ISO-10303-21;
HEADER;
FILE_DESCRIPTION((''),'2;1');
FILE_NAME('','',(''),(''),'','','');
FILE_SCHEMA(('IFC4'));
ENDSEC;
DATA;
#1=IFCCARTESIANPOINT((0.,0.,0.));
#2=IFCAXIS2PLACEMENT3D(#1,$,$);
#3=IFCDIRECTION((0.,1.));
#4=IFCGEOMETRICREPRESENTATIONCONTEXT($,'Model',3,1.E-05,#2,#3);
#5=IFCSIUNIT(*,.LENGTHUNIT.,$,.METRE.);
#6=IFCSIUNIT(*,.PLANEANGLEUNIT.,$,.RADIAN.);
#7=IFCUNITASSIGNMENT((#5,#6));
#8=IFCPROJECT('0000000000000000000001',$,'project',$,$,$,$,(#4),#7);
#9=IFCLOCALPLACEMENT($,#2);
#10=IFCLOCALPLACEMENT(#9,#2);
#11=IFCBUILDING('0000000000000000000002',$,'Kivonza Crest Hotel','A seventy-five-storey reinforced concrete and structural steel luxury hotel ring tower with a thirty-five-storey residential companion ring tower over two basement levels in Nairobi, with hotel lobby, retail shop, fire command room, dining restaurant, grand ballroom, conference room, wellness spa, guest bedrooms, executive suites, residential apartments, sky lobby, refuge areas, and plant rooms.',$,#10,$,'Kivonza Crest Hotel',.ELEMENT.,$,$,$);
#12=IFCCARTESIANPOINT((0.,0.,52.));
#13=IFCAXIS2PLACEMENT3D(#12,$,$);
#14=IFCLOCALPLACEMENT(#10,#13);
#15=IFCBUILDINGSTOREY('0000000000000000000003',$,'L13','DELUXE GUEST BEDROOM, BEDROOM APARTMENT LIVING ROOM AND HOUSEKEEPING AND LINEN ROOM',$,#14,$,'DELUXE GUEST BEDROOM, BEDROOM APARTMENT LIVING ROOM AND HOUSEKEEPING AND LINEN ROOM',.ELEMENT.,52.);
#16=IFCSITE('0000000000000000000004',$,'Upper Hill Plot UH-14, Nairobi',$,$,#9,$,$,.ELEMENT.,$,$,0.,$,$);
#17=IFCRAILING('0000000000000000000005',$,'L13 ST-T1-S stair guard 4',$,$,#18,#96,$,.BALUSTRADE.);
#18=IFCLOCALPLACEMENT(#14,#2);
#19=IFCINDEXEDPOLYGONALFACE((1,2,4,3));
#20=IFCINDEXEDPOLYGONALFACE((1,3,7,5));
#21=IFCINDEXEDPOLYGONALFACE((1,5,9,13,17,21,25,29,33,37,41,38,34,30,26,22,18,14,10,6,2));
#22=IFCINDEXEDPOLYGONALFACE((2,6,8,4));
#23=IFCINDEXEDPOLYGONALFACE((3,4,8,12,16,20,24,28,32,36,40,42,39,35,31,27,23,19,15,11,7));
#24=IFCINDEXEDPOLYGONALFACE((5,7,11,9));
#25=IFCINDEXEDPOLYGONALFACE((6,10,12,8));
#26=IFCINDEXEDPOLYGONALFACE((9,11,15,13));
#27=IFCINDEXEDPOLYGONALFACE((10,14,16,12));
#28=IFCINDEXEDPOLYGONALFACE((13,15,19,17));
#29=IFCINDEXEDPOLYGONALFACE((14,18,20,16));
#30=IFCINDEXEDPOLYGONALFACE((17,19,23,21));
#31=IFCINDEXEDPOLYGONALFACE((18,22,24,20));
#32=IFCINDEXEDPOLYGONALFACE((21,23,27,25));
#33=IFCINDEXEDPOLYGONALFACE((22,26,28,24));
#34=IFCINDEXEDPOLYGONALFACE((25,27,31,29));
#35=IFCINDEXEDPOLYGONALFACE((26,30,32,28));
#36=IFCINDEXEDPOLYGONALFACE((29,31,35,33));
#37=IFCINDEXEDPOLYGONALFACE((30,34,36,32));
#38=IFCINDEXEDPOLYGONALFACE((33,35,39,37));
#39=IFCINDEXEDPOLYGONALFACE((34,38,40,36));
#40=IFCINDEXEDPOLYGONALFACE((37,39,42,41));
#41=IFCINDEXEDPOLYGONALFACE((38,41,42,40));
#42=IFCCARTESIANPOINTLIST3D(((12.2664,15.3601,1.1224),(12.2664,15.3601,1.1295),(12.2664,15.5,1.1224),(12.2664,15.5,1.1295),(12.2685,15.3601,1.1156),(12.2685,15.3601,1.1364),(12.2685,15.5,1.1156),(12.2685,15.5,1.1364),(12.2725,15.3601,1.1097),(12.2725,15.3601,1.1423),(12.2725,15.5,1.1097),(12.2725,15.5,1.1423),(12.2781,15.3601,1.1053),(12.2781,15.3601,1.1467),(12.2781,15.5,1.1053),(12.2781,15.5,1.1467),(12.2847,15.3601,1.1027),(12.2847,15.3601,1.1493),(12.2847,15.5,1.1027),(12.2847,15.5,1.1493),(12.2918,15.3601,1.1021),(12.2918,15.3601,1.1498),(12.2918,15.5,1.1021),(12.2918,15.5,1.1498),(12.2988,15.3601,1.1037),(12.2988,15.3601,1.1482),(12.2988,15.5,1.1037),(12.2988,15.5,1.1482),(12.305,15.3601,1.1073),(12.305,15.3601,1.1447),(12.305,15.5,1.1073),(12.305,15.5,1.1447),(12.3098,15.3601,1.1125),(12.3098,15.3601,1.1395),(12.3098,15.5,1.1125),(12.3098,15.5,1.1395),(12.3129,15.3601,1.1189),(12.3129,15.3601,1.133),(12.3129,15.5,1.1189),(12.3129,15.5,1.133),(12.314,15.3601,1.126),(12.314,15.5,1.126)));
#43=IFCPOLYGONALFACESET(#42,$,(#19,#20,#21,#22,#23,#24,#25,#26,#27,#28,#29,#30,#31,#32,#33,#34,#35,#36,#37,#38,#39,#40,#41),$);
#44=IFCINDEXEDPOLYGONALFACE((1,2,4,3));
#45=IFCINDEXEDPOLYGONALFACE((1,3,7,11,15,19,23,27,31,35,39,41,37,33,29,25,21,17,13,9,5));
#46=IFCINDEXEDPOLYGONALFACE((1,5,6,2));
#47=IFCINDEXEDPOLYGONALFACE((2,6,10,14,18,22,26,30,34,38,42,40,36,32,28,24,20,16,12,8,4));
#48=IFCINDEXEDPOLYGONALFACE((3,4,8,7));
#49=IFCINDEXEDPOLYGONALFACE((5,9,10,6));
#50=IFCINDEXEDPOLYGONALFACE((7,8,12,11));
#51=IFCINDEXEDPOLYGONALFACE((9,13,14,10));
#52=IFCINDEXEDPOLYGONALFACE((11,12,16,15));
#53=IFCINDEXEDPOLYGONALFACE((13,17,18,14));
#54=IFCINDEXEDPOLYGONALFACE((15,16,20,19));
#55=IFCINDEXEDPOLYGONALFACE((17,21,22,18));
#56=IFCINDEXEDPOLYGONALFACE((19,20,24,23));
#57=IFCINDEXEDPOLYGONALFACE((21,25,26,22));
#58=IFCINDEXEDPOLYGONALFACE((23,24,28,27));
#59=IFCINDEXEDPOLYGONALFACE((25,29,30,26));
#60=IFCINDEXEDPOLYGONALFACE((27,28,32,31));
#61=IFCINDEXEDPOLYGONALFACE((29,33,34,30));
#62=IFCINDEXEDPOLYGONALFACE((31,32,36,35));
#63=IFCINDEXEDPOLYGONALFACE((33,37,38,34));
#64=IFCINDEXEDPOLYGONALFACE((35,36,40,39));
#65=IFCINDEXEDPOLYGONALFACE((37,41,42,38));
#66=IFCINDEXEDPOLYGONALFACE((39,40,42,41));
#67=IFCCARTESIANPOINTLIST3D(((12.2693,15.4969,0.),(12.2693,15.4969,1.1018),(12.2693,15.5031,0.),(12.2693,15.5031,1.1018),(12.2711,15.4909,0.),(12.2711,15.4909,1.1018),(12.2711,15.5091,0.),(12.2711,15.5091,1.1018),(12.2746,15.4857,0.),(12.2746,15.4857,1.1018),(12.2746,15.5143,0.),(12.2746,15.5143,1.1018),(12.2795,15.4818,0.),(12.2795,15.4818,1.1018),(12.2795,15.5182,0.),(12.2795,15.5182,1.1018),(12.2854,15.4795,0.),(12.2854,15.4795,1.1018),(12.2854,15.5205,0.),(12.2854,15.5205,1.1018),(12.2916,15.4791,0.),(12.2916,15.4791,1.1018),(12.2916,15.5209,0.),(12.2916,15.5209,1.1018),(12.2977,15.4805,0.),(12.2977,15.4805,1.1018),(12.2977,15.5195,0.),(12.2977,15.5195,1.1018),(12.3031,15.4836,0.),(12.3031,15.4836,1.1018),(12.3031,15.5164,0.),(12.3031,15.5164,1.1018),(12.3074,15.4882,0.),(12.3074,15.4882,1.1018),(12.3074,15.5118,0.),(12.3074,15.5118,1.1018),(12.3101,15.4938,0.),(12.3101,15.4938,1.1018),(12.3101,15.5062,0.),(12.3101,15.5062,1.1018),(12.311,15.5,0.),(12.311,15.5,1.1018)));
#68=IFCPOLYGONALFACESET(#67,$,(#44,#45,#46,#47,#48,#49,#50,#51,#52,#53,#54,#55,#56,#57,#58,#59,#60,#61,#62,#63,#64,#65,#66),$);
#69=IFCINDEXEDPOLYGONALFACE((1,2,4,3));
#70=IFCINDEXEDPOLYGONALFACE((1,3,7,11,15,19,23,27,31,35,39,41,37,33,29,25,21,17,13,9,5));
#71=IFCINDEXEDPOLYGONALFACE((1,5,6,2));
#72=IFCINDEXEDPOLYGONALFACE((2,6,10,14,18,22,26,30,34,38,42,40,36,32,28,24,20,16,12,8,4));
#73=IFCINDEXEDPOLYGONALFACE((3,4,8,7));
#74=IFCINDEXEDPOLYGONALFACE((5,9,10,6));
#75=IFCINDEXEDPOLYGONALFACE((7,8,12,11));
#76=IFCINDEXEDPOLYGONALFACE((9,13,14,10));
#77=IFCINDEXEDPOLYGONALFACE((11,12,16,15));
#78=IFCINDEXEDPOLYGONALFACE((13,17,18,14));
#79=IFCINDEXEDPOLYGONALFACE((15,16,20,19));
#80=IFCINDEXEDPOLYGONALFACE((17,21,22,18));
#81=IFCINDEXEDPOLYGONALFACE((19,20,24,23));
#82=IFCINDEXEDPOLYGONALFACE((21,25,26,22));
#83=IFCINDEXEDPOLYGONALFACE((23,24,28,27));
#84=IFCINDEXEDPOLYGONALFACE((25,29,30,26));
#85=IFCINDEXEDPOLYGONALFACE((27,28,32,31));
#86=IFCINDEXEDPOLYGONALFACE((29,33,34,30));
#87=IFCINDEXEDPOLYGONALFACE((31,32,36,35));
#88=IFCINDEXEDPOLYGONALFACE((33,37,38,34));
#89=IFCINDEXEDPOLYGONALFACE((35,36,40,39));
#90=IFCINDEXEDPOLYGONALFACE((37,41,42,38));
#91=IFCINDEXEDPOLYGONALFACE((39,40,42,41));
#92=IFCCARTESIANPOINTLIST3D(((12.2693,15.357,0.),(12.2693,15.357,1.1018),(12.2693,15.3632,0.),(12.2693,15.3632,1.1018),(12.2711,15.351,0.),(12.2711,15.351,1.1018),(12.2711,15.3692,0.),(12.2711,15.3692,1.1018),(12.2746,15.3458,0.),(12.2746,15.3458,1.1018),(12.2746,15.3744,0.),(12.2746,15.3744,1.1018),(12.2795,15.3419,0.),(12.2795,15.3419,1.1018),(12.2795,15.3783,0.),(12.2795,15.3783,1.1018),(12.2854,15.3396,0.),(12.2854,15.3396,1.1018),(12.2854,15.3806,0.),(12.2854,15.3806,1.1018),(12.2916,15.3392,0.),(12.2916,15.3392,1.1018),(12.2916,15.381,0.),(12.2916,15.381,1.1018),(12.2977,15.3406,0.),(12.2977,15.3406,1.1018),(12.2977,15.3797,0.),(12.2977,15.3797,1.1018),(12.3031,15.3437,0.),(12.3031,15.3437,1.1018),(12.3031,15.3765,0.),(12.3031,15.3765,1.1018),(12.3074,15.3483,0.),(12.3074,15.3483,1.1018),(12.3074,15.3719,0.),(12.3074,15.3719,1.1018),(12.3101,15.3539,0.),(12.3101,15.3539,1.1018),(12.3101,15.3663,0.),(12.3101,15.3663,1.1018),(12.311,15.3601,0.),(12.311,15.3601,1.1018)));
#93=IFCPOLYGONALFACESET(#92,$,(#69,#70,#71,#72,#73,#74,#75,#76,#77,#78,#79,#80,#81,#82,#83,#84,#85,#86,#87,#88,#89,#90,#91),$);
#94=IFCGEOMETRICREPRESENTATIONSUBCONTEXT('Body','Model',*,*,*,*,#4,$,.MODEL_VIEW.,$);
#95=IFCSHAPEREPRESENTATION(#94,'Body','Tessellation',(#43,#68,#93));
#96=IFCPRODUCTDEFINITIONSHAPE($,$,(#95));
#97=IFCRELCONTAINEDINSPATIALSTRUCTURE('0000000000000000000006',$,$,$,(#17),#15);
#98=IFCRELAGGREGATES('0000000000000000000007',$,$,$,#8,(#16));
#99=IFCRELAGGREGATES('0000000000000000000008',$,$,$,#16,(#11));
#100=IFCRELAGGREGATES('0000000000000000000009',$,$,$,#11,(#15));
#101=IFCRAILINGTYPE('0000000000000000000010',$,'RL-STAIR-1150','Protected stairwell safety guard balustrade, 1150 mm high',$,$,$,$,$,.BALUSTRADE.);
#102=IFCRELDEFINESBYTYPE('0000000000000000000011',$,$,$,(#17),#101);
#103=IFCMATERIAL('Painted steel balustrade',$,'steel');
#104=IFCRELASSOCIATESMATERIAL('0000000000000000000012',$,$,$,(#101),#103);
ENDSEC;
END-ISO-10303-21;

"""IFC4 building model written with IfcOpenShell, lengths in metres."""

from ifc_helpers import new_model, si_unit, direction, frame, origin, origin_2d, place, context, subcontext, project, spatial, circle, extrude, material, type_object, element, save


model = new_model("IFC4")

# Units and contexts
model_context = context("Model", 3, precision=1e-05, world=origin(), true_north=direction((0.0, 1.0)))
body_context = subcontext(model_context, "Body", "Model", "MODEL_VIEW")
ifc_project = project(units=[si_unit("LENGTHUNIT", "METRE"), si_unit("PLANEANGLEUNIT", "RADIAN")], contexts=[model_context])

# Site, building, storey
site_placement = place(None, origin())
site = spatial("IfcSite", under=ifc_project, at=site_placement, Name="Upper Hill Plot UH-14, Nairobi", CompositionType="ELEMENT", RefElevation=0.0)
building_placement = place(site_placement, origin())
building = spatial("IfcBuilding", under=site, at=building_placement, Name="Kivonza Crest Hotel", Description="A seventy-five-storey reinforced concrete and structural steel luxury hotel ring tower with a thirty-five-storey residential companion ring tower over two basement levels in Nairobi, with hotel lobby, retail shop, fire command room, dining restaurant, grand ballroom, conference room, wellness spa, guest bedrooms, executive suites, residential apartments, sky lobby, refuge areas, and plant rooms.", LongName="Kivonza Crest Hotel", CompositionType="ELEMENT")
storey_placement = place(building_placement, frame((0.0, 0.0, 52.0)))
storey = spatial("IfcBuildingStorey", under=building, at=storey_placement, Name="L13", Description="DELUXE GUEST BEDROOM, BEDROOM APARTMENT LIVING ROOM AND HOUSEKEEPING AND LINEN ROOM", LongName="DELUXE GUEST BEDROOM, BEDROOM APARTMENT LIVING ROOM AND HOUSEKEEPING AND LINEN ROOM", CompositionType="ELEMENT", Elevation=52.0)

# Railing
ifc_material_1 = material(Name="Painted steel balustrade", Category="steel")
railing_type_1 = type_object("IfcRailingType", Name="RL-STAIR-1150", Description="Protected stairwell safety guard balustrade, 1150 mm high", PredefinedType="BALUSTRADE", material=ifc_material_1)
railing_1_placement = place(storey_placement, frame((12.29, 15.5, 0.0)))
element("IfcRailing", 1, at=railing_1_placement, inside=storey, type_object=railing_type_1, Name="L13 ST-T1-S stair guard 4", PredefinedType="BALUSTRADE", context=body_context, shape_type="SweptSolid", body=[
    extrude(circle(Radius=0.0239, at=origin_2d()), frame((0.0, 0.0, 1.126), z_axis=(0.0, -1.0, 0.0), x_axis=(1.0, 0.0, 0.0)), (0.0, 0.0, 1.0), 0.1399),
    extrude(circle(Radius=0.021, at=origin_2d()), origin(), (0.0, 0.0, 1.0), 1.1018),
    extrude(circle(Radius=0.021, at=origin_2d()), frame((0.0, -0.1399, 0.0)), (0.0, 0.0, 1.0), 1.1018),
])

save(model, "model.ifc")
